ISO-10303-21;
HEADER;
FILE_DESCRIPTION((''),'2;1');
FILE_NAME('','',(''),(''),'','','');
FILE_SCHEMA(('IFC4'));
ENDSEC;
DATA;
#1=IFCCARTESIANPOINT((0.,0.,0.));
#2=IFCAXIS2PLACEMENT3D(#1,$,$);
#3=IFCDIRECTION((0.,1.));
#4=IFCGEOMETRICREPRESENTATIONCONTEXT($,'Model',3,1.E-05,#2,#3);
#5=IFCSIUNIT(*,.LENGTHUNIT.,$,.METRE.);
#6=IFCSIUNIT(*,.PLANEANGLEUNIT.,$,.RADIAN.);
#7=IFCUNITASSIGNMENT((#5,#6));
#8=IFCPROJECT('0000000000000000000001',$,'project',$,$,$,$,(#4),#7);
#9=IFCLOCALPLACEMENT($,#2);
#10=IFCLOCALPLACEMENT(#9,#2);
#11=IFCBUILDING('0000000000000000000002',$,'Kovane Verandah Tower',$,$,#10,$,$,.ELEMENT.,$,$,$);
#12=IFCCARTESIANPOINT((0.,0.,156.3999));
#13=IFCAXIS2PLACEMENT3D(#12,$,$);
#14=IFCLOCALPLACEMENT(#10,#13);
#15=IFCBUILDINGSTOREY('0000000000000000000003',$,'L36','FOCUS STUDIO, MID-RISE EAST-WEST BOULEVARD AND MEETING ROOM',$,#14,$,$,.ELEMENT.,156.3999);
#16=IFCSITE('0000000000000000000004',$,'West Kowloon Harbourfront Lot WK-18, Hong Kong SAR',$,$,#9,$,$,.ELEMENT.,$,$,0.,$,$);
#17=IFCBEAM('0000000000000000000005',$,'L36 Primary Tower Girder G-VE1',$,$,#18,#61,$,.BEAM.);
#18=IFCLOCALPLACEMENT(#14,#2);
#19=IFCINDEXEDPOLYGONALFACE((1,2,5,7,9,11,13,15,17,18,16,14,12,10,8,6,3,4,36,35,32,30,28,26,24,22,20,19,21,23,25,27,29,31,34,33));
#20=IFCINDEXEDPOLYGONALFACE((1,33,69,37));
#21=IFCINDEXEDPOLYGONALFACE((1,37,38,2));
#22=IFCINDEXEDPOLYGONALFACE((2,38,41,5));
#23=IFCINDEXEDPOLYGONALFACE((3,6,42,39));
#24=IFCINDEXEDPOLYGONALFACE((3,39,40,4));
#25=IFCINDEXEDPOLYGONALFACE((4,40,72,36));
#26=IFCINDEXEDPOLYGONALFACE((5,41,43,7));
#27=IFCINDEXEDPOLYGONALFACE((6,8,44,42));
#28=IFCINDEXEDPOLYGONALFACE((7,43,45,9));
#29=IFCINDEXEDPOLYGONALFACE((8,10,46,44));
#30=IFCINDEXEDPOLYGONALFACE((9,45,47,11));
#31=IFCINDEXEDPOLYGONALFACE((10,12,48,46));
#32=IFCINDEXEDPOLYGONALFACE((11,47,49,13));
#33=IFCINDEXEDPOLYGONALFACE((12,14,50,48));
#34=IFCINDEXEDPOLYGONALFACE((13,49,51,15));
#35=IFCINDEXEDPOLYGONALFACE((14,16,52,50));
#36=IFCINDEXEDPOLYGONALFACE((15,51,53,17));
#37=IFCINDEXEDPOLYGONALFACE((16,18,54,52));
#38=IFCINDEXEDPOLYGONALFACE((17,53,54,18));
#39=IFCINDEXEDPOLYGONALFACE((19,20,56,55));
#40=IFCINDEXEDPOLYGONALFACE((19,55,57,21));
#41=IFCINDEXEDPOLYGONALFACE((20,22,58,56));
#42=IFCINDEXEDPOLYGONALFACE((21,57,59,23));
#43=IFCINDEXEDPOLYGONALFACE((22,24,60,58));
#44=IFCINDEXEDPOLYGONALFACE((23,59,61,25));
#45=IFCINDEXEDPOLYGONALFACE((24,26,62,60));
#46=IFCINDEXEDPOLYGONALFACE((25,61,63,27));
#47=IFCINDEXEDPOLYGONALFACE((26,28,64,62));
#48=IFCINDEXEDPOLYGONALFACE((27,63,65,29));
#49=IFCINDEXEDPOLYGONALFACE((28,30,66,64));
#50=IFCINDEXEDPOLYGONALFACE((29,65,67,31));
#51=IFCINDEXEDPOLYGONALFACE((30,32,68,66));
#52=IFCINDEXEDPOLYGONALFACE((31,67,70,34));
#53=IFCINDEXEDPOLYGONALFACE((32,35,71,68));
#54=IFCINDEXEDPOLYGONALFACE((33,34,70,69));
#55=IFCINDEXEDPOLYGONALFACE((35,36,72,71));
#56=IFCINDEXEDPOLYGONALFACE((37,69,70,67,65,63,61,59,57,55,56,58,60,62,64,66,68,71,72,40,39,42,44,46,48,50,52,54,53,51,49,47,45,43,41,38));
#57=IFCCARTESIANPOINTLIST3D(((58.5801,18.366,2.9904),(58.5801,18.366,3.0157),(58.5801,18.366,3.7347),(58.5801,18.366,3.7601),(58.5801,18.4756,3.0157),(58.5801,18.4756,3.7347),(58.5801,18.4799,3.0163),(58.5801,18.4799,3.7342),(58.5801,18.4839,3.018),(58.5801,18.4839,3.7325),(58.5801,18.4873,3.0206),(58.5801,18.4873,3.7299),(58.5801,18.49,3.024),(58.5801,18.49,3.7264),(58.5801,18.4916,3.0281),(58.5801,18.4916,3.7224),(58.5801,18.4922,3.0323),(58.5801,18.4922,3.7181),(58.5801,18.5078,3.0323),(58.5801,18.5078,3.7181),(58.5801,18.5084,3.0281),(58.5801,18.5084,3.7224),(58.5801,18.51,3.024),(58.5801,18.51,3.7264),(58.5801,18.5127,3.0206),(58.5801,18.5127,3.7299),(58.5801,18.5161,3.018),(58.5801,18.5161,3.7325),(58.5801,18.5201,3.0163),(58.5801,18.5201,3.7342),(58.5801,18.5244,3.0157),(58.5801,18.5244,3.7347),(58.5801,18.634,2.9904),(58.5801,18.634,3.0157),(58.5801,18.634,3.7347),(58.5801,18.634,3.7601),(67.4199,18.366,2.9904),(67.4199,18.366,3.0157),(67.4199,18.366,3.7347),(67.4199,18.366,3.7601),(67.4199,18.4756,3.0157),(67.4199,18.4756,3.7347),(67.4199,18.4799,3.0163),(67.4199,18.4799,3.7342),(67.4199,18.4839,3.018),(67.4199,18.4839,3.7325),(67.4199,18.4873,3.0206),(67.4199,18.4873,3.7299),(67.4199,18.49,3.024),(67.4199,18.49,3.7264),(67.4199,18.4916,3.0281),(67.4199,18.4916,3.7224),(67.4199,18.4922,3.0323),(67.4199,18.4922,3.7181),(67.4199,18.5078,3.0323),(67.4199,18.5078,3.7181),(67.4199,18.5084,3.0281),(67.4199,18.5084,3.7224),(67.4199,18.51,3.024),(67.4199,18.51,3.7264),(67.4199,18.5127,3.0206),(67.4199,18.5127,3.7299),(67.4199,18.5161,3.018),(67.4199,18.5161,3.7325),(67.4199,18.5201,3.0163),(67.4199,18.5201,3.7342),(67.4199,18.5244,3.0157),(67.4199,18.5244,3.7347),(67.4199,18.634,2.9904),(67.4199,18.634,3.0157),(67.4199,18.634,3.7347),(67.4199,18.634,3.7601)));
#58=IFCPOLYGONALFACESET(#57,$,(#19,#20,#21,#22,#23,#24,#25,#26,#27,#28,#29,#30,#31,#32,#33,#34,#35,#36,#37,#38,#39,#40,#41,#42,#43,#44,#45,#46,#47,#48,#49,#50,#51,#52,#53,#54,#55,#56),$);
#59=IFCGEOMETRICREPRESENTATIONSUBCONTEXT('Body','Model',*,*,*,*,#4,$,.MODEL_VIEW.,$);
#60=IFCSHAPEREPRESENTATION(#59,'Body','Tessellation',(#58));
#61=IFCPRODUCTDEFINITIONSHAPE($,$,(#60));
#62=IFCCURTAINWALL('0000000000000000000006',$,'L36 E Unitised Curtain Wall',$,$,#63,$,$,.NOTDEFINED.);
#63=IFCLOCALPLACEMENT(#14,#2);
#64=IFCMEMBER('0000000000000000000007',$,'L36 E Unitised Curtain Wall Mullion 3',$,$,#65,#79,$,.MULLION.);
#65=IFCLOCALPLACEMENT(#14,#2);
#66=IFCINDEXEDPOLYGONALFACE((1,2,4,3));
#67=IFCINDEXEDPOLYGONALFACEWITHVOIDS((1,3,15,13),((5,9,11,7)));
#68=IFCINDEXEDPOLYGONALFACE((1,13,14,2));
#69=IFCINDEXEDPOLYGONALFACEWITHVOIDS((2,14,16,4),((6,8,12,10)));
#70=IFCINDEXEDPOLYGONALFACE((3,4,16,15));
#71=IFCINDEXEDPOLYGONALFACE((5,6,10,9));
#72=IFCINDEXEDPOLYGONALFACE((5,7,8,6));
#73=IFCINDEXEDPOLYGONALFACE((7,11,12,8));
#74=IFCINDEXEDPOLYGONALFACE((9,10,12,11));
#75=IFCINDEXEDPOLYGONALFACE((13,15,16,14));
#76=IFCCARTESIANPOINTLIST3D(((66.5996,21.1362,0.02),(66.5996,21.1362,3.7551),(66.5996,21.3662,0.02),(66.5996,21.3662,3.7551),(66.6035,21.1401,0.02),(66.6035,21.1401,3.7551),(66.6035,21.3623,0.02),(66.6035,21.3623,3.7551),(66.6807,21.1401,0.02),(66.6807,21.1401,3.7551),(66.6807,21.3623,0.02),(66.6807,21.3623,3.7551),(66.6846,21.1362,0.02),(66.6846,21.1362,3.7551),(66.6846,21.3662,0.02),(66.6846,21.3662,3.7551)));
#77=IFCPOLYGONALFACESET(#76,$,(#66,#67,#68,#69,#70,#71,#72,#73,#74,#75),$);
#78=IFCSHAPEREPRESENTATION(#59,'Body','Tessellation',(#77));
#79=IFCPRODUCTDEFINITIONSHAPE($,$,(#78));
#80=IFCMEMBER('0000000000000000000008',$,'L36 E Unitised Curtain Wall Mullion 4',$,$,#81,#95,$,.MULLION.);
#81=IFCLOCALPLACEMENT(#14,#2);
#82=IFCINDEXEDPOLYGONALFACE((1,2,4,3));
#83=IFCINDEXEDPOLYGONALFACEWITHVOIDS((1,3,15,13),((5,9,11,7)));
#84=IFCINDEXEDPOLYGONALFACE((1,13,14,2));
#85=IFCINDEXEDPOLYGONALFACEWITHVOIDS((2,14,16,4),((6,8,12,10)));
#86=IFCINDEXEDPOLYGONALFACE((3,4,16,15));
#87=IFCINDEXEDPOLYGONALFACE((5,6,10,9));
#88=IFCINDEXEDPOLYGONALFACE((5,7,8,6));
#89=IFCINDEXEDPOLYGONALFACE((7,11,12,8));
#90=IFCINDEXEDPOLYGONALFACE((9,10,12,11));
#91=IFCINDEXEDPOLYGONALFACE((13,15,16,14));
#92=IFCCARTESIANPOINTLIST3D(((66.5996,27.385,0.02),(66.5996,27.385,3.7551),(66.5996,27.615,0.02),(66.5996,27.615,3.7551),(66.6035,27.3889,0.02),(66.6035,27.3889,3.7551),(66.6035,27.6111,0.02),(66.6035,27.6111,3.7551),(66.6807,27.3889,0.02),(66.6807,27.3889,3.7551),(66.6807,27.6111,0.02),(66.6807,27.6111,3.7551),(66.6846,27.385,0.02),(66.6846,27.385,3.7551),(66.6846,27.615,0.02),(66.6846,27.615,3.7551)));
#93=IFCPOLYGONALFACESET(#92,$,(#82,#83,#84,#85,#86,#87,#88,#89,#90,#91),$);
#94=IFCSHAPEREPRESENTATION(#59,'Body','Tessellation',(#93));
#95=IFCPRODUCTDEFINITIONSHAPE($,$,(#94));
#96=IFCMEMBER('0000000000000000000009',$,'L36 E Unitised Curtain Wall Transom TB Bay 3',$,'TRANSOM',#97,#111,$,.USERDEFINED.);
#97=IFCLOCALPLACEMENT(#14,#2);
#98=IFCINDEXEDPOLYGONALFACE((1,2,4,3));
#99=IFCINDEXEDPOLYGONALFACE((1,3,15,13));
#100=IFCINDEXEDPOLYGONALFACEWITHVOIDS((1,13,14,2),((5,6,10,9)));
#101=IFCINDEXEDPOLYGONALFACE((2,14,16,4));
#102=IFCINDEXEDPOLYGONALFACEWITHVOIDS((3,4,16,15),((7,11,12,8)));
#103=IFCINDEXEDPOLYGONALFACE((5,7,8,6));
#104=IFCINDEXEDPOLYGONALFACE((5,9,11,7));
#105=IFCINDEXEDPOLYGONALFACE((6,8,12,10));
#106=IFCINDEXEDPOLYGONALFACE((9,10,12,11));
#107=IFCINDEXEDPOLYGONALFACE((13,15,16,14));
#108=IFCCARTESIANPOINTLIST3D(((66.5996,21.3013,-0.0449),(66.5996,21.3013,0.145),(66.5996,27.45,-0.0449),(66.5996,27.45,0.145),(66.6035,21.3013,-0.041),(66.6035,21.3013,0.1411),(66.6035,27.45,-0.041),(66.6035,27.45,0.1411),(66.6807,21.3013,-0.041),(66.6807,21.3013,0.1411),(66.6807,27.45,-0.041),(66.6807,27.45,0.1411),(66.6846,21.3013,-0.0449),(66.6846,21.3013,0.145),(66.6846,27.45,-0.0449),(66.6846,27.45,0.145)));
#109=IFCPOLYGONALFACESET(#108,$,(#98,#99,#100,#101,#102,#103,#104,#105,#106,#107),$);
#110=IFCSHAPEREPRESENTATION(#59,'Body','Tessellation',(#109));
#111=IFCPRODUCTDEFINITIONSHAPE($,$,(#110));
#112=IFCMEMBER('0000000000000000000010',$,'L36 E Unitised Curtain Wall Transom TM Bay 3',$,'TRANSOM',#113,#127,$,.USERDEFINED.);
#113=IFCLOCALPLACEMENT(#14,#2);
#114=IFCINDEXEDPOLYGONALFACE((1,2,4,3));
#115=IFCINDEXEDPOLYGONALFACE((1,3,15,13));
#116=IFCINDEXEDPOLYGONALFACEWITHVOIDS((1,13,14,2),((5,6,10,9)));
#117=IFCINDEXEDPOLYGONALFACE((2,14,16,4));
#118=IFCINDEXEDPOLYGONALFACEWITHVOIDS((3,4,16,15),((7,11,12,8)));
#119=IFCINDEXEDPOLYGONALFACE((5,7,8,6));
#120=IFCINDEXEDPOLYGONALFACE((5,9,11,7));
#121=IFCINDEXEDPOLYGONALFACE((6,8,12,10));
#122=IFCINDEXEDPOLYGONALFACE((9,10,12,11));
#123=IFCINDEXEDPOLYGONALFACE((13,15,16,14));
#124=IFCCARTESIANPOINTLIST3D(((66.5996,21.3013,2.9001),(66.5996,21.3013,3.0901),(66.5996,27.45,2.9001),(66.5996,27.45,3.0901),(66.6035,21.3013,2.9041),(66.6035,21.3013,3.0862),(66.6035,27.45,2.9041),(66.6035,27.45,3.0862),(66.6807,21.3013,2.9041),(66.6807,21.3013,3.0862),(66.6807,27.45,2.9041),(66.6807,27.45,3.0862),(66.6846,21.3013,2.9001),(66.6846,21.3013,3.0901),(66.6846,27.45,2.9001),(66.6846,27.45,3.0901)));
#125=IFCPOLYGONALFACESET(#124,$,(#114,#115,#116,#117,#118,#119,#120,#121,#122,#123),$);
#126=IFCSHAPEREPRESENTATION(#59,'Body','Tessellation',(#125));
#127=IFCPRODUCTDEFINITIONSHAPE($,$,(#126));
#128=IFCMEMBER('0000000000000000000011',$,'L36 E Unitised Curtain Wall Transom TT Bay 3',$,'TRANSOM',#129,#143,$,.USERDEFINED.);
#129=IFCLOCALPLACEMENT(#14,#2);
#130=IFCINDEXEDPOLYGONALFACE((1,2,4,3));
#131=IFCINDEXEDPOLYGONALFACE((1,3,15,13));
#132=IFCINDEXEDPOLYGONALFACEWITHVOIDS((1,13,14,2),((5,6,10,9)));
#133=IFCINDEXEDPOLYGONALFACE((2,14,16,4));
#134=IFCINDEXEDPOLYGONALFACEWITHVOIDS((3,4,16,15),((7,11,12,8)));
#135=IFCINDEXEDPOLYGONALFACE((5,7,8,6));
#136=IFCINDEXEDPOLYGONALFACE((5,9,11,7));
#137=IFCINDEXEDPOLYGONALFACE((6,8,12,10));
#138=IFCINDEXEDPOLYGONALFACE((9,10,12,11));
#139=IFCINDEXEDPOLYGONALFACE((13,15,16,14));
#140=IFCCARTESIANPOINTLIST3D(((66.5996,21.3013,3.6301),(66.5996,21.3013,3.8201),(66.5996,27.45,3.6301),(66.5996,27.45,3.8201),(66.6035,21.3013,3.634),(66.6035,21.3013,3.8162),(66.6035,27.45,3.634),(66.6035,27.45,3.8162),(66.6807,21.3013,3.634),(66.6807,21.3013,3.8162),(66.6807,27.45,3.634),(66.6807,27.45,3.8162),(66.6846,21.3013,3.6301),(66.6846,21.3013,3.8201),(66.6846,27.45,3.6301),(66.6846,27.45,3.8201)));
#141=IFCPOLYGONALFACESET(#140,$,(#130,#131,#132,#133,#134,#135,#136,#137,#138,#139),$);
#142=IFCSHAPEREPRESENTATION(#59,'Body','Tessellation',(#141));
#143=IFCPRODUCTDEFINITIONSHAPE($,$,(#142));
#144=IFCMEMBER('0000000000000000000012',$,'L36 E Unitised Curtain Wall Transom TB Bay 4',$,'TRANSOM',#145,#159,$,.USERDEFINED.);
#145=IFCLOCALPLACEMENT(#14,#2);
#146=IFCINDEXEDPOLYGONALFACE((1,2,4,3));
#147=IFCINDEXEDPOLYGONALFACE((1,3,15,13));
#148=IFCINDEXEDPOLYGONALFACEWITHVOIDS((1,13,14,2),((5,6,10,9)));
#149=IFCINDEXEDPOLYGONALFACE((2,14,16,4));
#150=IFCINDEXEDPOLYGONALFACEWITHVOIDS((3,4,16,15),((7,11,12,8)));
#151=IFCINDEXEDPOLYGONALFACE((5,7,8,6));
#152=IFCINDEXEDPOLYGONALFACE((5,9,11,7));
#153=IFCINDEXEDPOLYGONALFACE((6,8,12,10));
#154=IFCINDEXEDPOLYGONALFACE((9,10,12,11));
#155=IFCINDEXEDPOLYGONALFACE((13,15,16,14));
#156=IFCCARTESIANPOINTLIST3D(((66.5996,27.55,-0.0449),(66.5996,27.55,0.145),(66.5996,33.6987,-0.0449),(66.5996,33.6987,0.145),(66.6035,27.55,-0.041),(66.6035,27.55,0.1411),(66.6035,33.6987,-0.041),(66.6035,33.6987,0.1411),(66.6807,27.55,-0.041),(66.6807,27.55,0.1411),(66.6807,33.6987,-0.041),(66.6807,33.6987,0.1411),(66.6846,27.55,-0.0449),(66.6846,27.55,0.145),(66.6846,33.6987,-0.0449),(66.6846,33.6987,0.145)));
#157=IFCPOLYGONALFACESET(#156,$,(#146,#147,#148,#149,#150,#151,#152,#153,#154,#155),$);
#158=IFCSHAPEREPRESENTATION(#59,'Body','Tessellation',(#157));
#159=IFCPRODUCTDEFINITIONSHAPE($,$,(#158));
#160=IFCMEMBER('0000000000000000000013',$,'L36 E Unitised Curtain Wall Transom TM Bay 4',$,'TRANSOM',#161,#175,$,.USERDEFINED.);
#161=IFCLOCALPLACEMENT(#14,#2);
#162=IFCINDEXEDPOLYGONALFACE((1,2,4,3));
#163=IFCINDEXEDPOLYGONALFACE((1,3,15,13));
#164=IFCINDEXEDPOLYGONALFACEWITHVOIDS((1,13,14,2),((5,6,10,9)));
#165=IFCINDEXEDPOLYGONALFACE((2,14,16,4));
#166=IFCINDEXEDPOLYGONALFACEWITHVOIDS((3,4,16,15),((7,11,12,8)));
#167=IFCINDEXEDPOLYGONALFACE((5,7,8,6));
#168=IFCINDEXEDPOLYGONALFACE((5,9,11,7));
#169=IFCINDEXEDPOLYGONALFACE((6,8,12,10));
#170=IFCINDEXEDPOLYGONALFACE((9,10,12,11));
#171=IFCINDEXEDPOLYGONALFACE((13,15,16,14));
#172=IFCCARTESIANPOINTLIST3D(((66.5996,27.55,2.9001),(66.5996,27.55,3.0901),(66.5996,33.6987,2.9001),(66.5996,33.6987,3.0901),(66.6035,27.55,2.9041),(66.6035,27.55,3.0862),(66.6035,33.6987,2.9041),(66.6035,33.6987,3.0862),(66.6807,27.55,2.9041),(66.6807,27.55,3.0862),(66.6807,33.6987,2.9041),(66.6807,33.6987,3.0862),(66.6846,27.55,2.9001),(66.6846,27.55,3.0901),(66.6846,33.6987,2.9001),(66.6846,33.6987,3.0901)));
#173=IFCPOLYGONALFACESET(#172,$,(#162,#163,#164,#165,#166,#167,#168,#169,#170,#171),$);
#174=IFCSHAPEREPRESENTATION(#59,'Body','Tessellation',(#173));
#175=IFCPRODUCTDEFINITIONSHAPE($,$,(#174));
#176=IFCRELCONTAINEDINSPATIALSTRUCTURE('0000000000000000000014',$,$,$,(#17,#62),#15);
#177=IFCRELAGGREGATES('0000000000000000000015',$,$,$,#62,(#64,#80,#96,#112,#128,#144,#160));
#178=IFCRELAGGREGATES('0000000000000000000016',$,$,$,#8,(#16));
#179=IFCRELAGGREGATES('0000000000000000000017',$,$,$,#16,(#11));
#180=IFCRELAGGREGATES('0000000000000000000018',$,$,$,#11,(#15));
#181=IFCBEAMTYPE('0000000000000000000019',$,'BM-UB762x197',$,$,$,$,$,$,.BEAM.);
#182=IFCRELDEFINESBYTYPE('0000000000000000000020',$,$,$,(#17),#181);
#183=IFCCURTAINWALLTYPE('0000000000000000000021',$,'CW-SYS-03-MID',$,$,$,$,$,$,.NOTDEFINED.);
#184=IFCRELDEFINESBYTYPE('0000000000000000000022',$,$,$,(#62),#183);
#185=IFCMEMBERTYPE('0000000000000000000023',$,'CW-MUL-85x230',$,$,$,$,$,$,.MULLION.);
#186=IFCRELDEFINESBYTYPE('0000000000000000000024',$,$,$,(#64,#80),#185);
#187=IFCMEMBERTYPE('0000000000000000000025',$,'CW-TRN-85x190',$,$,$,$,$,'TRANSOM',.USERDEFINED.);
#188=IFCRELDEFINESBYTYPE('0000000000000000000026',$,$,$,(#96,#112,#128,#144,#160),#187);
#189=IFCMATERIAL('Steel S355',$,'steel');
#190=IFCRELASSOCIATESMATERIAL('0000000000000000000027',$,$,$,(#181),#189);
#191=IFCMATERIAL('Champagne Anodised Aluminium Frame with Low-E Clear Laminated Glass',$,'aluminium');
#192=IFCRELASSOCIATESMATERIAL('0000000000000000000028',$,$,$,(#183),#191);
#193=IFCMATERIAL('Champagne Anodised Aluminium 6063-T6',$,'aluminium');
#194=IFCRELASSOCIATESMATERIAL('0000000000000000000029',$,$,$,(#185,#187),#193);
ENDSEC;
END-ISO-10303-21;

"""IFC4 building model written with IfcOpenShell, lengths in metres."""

from ifc_helpers import new_model, si_unit, direction, frame, origin, origin_2d, place, context, subcontext, project, spatial, hollow_rectangle, i_section, extrude, material, material_profile, profile_set, type_object, element, aggregate, save


model = new_model("IFC4")

# Units and contexts
model_context = context("Model", 3, precision=1e-05, world=origin(), true_north=direction((0.0, 1.0)))
body_context = subcontext(model_context, "Body", "Model", "MODEL_VIEW")
ifc_project = project(units=[si_unit("LENGTHUNIT", "METRE"), si_unit("PLANEANGLEUNIT", "RADIAN")], contexts=[model_context])

# Site, building, storey
site_placement = place(None, origin())
site = spatial("IfcSite", under=ifc_project, at=site_placement, Name="West Kowloon Harbourfront Lot WK-18, Hong Kong SAR", CompositionType="ELEMENT", RefElevation=0.0)
building_placement = place(site_placement, origin())
building = spatial("IfcBuilding", under=site, at=building_placement, Name="Kovane Verandah Tower", CompositionType="ELEMENT")
storey_placement = place(building_placement, frame((0.0, 0.0, 156.3999)))
storey = spatial("IfcBuildingStorey", under=building, at=storey_placement, Name="L36", Description="FOCUS STUDIO, MID-RISE EAST-WEST BOULEVARD AND MEETING ROOM", CompositionType="ELEMENT", Elevation=156.3999)

# Beam
ifc_material_1 = material(Name="Steel S355", Category="steel")
ifc_material_profile_1 = material_profile(ifc_material_1, i_section(OverallWidth=0.2681, OverallDepth=0.7698, WebThickness=0.0156, FlangeThickness=0.0254, FilletRadius=0.0166, at=origin_2d()), Name="UB762x267x197")
ifc_profile_set_1 = profile_set([ifc_material_profile_1], Name="Steel S355")
beam_type_1 = type_object("IfcBeamType", Name="BM-UB762x197", PredefinedType="BEAM", material=ifc_profile_set_1)
beam_1_placement = place(storey_placement, frame((58.5801, 18.5, 3.3752), z_axis=(1.0, 0.0, 0.0), x_axis=(0.0, 1.0, 0.0)))
element("IfcBeam", 1, at=beam_1_placement, inside=storey, type_object=beam_type_1, Name="L36 Primary Tower Girder G-VE1", PredefinedType="BEAM", context=body_context, shape_type="SweptSolid", body=[
    extrude(i_section(OverallWidth=0.2681, OverallDepth=0.7698, WebThickness=0.0156, FlangeThickness=0.0254, FilletRadius=0.0166, at=origin_2d()), origin(), (0.0, 0.0, 1.0), 8.8398),
])

# Curtain wall, members
ifc_material_2 = material(Name="Champagne Anodised Aluminium Frame with Low-E Clear Laminated Glass", Category="aluminium")
curtain_wall_type = type_object("IfcCurtainWallType", Name="CW-SYS-03-MID", PredefinedType="NOTDEFINED", material=ifc_material_2)
curtain_wall_placement = place(storey_placement, origin())
curtain_wall = element("IfcCurtainWall", 2, at=curtain_wall_placement, inside=storey, type_object=curtain_wall_type, Name="L36 E Unitised Curtain Wall", PredefinedType="NOTDEFINED")
ifc_material_3 = material(Name="Champagne Anodised Aluminium 6063-T6", Category="aluminium")
ifc_material_profile_2 = material_profile(ifc_material_3, hollow_rectangle(XDim=0.085, YDim=0.23, WallThickness=0.0039, at=origin_2d()), Name="AL85x230x4")
ifc_profile_set_2 = profile_set([ifc_material_profile_2], Name="Champagne Anodised Aluminium 6063-T6")
member_type_1 = type_object("IfcMemberType", Name="CW-MUL-85x230", PredefinedType="MULLION", material=ifc_profile_set_2)
member_1_placement = place(storey_placement, frame((66.6421, 21.2512, 0.02), z_axis=(0.0, 0.0, 1.0), x_axis=(1.0, 0.0, 0.0)))
member_1 = element("IfcMember", 3, at=member_1_placement, type_object=member_type_1, Name="L36 E Unitised Curtain Wall Mullion 3", PredefinedType="MULLION", context=body_context, shape_type="SweptSolid", body=[
    extrude(hollow_rectangle(XDim=0.085, YDim=0.23, WallThickness=0.0039, at=origin_2d()), origin(), (0.0, 0.0, 1.0), 3.7351),
])
member_2_placement = place(storey_placement, frame((66.6421, 27.5, 0.02), z_axis=(0.0, 0.0, 1.0), x_axis=(1.0, 0.0, 0.0)))
member_2 = element("IfcMember", 4, at=member_2_placement, type_object=member_type_1, Name="L36 E Unitised Curtain Wall Mullion 4", PredefinedType="MULLION", context=body_context, shape_type="SweptSolid", body=[
    extrude(hollow_rectangle(XDim=0.085, YDim=0.23, WallThickness=0.0039, at=origin_2d()), origin(), (0.0, 0.0, 1.0), 3.7351),
])
ifc_material_profile_3 = material_profile(ifc_material_3, hollow_rectangle(XDim=0.085, YDim=0.1899, WallThickness=0.0039, at=origin_2d()), Name="AL85x190x4")
ifc_profile_set_3 = profile_set([ifc_material_profile_3], Name="Champagne Anodised Aluminium 6063-T6")
member_type_2 = type_object("IfcMemberType", Name="CW-TRN-85x190", ElementType="TRANSOM", PredefinedType="USERDEFINED", material=ifc_profile_set_3)
member_3_placement = place(storey_placement, frame((66.6421, 21.3013, 0.05), z_axis=(0.0, 1.0, 0.0), x_axis=(-1.0, 0.0, 0.0)))
member_3 = element("IfcMember", 5, at=member_3_placement, type_object=member_type_2, Name="L36 E Unitised Curtain Wall Transom TB Bay 3", ObjectType="TRANSOM", PredefinedType="USERDEFINED", context=body_context, shape_type="SweptSolid", body=[
    extrude(hollow_rectangle(XDim=0.085, YDim=0.1899, WallThickness=0.0039, at=origin_2d()), origin(), (0.0, 0.0, 1.0), 6.1487),
])
member_4_placement = place(storey_placement, frame((66.6421, 21.3013, 2.9951), z_axis=(0.0, 1.0, 0.0), x_axis=(-1.0, 0.0, 0.0)))
member_4 = element("IfcMember", 6, at=member_4_placement, type_object=member_type_2, Name="L36 E Unitised Curtain Wall Transom TM Bay 3", ObjectType="TRANSOM", PredefinedType="USERDEFINED", context=body_context, shape_type="SweptSolid", body=[
    extrude(hollow_rectangle(XDim=0.085, YDim=0.1899, WallThickness=0.0039, at=origin_2d()), origin(), (0.0, 0.0, 1.0), 6.1487),
])
member_5_placement = place(storey_placement, frame((66.6421, 21.3013, 3.7251), z_axis=(0.0, 1.0, 0.0), x_axis=(-1.0, 0.0, 0.0)))
member_5 = element("IfcMember", 7, at=member_5_placement, type_object=member_type_2, Name="L36 E Unitised Curtain Wall Transom TT Bay 3", ObjectType="TRANSOM", PredefinedType="USERDEFINED", context=body_context, shape_type="SweptSolid", body=[
    extrude(hollow_rectangle(XDim=0.085, YDim=0.1899, WallThickness=0.0039, at=origin_2d()), origin(), (0.0, 0.0, 1.0), 6.1487),
])
member_6_placement = place(storey_placement, frame((66.6421, 27.55, 0.05), z_axis=(0.0, 1.0, 0.0), x_axis=(-1.0, 0.0, 0.0)))
member_6 = element("IfcMember", 8, at=member_6_placement, type_object=member_type_2, Name="L36 E Unitised Curtain Wall Transom TB Bay 4", ObjectType="TRANSOM", PredefinedType="USERDEFINED", context=body_context, shape_type="SweptSolid", body=[
    extrude(hollow_rectangle(XDim=0.085, YDim=0.1899, WallThickness=0.0039, at=origin_2d()), origin(), (0.0, 0.0, 1.0), 6.1487),
])
member_7_placement = place(storey_placement, frame((66.6421, 27.55, 2.9951), z_axis=(0.0, 1.0, 0.0), x_axis=(-1.0, 0.0, 0.0)))
member_7 = element("IfcMember", 9, at=member_7_placement, type_object=member_type_2, Name="L36 E Unitised Curtain Wall Transom TM Bay 4", ObjectType="TRANSOM", PredefinedType="USERDEFINED", context=body_context, shape_type="SweptSolid", body=[
    extrude(hollow_rectangle(XDim=0.085, YDim=0.1899, WallThickness=0.0039, at=origin_2d()), origin(), (0.0, 0.0, 1.0), 6.1487),
])

aggregate(curtain_wall, [member_1, member_2, member_3, member_4, member_5, member_6, member_7])

save(model, "model.ifc")
